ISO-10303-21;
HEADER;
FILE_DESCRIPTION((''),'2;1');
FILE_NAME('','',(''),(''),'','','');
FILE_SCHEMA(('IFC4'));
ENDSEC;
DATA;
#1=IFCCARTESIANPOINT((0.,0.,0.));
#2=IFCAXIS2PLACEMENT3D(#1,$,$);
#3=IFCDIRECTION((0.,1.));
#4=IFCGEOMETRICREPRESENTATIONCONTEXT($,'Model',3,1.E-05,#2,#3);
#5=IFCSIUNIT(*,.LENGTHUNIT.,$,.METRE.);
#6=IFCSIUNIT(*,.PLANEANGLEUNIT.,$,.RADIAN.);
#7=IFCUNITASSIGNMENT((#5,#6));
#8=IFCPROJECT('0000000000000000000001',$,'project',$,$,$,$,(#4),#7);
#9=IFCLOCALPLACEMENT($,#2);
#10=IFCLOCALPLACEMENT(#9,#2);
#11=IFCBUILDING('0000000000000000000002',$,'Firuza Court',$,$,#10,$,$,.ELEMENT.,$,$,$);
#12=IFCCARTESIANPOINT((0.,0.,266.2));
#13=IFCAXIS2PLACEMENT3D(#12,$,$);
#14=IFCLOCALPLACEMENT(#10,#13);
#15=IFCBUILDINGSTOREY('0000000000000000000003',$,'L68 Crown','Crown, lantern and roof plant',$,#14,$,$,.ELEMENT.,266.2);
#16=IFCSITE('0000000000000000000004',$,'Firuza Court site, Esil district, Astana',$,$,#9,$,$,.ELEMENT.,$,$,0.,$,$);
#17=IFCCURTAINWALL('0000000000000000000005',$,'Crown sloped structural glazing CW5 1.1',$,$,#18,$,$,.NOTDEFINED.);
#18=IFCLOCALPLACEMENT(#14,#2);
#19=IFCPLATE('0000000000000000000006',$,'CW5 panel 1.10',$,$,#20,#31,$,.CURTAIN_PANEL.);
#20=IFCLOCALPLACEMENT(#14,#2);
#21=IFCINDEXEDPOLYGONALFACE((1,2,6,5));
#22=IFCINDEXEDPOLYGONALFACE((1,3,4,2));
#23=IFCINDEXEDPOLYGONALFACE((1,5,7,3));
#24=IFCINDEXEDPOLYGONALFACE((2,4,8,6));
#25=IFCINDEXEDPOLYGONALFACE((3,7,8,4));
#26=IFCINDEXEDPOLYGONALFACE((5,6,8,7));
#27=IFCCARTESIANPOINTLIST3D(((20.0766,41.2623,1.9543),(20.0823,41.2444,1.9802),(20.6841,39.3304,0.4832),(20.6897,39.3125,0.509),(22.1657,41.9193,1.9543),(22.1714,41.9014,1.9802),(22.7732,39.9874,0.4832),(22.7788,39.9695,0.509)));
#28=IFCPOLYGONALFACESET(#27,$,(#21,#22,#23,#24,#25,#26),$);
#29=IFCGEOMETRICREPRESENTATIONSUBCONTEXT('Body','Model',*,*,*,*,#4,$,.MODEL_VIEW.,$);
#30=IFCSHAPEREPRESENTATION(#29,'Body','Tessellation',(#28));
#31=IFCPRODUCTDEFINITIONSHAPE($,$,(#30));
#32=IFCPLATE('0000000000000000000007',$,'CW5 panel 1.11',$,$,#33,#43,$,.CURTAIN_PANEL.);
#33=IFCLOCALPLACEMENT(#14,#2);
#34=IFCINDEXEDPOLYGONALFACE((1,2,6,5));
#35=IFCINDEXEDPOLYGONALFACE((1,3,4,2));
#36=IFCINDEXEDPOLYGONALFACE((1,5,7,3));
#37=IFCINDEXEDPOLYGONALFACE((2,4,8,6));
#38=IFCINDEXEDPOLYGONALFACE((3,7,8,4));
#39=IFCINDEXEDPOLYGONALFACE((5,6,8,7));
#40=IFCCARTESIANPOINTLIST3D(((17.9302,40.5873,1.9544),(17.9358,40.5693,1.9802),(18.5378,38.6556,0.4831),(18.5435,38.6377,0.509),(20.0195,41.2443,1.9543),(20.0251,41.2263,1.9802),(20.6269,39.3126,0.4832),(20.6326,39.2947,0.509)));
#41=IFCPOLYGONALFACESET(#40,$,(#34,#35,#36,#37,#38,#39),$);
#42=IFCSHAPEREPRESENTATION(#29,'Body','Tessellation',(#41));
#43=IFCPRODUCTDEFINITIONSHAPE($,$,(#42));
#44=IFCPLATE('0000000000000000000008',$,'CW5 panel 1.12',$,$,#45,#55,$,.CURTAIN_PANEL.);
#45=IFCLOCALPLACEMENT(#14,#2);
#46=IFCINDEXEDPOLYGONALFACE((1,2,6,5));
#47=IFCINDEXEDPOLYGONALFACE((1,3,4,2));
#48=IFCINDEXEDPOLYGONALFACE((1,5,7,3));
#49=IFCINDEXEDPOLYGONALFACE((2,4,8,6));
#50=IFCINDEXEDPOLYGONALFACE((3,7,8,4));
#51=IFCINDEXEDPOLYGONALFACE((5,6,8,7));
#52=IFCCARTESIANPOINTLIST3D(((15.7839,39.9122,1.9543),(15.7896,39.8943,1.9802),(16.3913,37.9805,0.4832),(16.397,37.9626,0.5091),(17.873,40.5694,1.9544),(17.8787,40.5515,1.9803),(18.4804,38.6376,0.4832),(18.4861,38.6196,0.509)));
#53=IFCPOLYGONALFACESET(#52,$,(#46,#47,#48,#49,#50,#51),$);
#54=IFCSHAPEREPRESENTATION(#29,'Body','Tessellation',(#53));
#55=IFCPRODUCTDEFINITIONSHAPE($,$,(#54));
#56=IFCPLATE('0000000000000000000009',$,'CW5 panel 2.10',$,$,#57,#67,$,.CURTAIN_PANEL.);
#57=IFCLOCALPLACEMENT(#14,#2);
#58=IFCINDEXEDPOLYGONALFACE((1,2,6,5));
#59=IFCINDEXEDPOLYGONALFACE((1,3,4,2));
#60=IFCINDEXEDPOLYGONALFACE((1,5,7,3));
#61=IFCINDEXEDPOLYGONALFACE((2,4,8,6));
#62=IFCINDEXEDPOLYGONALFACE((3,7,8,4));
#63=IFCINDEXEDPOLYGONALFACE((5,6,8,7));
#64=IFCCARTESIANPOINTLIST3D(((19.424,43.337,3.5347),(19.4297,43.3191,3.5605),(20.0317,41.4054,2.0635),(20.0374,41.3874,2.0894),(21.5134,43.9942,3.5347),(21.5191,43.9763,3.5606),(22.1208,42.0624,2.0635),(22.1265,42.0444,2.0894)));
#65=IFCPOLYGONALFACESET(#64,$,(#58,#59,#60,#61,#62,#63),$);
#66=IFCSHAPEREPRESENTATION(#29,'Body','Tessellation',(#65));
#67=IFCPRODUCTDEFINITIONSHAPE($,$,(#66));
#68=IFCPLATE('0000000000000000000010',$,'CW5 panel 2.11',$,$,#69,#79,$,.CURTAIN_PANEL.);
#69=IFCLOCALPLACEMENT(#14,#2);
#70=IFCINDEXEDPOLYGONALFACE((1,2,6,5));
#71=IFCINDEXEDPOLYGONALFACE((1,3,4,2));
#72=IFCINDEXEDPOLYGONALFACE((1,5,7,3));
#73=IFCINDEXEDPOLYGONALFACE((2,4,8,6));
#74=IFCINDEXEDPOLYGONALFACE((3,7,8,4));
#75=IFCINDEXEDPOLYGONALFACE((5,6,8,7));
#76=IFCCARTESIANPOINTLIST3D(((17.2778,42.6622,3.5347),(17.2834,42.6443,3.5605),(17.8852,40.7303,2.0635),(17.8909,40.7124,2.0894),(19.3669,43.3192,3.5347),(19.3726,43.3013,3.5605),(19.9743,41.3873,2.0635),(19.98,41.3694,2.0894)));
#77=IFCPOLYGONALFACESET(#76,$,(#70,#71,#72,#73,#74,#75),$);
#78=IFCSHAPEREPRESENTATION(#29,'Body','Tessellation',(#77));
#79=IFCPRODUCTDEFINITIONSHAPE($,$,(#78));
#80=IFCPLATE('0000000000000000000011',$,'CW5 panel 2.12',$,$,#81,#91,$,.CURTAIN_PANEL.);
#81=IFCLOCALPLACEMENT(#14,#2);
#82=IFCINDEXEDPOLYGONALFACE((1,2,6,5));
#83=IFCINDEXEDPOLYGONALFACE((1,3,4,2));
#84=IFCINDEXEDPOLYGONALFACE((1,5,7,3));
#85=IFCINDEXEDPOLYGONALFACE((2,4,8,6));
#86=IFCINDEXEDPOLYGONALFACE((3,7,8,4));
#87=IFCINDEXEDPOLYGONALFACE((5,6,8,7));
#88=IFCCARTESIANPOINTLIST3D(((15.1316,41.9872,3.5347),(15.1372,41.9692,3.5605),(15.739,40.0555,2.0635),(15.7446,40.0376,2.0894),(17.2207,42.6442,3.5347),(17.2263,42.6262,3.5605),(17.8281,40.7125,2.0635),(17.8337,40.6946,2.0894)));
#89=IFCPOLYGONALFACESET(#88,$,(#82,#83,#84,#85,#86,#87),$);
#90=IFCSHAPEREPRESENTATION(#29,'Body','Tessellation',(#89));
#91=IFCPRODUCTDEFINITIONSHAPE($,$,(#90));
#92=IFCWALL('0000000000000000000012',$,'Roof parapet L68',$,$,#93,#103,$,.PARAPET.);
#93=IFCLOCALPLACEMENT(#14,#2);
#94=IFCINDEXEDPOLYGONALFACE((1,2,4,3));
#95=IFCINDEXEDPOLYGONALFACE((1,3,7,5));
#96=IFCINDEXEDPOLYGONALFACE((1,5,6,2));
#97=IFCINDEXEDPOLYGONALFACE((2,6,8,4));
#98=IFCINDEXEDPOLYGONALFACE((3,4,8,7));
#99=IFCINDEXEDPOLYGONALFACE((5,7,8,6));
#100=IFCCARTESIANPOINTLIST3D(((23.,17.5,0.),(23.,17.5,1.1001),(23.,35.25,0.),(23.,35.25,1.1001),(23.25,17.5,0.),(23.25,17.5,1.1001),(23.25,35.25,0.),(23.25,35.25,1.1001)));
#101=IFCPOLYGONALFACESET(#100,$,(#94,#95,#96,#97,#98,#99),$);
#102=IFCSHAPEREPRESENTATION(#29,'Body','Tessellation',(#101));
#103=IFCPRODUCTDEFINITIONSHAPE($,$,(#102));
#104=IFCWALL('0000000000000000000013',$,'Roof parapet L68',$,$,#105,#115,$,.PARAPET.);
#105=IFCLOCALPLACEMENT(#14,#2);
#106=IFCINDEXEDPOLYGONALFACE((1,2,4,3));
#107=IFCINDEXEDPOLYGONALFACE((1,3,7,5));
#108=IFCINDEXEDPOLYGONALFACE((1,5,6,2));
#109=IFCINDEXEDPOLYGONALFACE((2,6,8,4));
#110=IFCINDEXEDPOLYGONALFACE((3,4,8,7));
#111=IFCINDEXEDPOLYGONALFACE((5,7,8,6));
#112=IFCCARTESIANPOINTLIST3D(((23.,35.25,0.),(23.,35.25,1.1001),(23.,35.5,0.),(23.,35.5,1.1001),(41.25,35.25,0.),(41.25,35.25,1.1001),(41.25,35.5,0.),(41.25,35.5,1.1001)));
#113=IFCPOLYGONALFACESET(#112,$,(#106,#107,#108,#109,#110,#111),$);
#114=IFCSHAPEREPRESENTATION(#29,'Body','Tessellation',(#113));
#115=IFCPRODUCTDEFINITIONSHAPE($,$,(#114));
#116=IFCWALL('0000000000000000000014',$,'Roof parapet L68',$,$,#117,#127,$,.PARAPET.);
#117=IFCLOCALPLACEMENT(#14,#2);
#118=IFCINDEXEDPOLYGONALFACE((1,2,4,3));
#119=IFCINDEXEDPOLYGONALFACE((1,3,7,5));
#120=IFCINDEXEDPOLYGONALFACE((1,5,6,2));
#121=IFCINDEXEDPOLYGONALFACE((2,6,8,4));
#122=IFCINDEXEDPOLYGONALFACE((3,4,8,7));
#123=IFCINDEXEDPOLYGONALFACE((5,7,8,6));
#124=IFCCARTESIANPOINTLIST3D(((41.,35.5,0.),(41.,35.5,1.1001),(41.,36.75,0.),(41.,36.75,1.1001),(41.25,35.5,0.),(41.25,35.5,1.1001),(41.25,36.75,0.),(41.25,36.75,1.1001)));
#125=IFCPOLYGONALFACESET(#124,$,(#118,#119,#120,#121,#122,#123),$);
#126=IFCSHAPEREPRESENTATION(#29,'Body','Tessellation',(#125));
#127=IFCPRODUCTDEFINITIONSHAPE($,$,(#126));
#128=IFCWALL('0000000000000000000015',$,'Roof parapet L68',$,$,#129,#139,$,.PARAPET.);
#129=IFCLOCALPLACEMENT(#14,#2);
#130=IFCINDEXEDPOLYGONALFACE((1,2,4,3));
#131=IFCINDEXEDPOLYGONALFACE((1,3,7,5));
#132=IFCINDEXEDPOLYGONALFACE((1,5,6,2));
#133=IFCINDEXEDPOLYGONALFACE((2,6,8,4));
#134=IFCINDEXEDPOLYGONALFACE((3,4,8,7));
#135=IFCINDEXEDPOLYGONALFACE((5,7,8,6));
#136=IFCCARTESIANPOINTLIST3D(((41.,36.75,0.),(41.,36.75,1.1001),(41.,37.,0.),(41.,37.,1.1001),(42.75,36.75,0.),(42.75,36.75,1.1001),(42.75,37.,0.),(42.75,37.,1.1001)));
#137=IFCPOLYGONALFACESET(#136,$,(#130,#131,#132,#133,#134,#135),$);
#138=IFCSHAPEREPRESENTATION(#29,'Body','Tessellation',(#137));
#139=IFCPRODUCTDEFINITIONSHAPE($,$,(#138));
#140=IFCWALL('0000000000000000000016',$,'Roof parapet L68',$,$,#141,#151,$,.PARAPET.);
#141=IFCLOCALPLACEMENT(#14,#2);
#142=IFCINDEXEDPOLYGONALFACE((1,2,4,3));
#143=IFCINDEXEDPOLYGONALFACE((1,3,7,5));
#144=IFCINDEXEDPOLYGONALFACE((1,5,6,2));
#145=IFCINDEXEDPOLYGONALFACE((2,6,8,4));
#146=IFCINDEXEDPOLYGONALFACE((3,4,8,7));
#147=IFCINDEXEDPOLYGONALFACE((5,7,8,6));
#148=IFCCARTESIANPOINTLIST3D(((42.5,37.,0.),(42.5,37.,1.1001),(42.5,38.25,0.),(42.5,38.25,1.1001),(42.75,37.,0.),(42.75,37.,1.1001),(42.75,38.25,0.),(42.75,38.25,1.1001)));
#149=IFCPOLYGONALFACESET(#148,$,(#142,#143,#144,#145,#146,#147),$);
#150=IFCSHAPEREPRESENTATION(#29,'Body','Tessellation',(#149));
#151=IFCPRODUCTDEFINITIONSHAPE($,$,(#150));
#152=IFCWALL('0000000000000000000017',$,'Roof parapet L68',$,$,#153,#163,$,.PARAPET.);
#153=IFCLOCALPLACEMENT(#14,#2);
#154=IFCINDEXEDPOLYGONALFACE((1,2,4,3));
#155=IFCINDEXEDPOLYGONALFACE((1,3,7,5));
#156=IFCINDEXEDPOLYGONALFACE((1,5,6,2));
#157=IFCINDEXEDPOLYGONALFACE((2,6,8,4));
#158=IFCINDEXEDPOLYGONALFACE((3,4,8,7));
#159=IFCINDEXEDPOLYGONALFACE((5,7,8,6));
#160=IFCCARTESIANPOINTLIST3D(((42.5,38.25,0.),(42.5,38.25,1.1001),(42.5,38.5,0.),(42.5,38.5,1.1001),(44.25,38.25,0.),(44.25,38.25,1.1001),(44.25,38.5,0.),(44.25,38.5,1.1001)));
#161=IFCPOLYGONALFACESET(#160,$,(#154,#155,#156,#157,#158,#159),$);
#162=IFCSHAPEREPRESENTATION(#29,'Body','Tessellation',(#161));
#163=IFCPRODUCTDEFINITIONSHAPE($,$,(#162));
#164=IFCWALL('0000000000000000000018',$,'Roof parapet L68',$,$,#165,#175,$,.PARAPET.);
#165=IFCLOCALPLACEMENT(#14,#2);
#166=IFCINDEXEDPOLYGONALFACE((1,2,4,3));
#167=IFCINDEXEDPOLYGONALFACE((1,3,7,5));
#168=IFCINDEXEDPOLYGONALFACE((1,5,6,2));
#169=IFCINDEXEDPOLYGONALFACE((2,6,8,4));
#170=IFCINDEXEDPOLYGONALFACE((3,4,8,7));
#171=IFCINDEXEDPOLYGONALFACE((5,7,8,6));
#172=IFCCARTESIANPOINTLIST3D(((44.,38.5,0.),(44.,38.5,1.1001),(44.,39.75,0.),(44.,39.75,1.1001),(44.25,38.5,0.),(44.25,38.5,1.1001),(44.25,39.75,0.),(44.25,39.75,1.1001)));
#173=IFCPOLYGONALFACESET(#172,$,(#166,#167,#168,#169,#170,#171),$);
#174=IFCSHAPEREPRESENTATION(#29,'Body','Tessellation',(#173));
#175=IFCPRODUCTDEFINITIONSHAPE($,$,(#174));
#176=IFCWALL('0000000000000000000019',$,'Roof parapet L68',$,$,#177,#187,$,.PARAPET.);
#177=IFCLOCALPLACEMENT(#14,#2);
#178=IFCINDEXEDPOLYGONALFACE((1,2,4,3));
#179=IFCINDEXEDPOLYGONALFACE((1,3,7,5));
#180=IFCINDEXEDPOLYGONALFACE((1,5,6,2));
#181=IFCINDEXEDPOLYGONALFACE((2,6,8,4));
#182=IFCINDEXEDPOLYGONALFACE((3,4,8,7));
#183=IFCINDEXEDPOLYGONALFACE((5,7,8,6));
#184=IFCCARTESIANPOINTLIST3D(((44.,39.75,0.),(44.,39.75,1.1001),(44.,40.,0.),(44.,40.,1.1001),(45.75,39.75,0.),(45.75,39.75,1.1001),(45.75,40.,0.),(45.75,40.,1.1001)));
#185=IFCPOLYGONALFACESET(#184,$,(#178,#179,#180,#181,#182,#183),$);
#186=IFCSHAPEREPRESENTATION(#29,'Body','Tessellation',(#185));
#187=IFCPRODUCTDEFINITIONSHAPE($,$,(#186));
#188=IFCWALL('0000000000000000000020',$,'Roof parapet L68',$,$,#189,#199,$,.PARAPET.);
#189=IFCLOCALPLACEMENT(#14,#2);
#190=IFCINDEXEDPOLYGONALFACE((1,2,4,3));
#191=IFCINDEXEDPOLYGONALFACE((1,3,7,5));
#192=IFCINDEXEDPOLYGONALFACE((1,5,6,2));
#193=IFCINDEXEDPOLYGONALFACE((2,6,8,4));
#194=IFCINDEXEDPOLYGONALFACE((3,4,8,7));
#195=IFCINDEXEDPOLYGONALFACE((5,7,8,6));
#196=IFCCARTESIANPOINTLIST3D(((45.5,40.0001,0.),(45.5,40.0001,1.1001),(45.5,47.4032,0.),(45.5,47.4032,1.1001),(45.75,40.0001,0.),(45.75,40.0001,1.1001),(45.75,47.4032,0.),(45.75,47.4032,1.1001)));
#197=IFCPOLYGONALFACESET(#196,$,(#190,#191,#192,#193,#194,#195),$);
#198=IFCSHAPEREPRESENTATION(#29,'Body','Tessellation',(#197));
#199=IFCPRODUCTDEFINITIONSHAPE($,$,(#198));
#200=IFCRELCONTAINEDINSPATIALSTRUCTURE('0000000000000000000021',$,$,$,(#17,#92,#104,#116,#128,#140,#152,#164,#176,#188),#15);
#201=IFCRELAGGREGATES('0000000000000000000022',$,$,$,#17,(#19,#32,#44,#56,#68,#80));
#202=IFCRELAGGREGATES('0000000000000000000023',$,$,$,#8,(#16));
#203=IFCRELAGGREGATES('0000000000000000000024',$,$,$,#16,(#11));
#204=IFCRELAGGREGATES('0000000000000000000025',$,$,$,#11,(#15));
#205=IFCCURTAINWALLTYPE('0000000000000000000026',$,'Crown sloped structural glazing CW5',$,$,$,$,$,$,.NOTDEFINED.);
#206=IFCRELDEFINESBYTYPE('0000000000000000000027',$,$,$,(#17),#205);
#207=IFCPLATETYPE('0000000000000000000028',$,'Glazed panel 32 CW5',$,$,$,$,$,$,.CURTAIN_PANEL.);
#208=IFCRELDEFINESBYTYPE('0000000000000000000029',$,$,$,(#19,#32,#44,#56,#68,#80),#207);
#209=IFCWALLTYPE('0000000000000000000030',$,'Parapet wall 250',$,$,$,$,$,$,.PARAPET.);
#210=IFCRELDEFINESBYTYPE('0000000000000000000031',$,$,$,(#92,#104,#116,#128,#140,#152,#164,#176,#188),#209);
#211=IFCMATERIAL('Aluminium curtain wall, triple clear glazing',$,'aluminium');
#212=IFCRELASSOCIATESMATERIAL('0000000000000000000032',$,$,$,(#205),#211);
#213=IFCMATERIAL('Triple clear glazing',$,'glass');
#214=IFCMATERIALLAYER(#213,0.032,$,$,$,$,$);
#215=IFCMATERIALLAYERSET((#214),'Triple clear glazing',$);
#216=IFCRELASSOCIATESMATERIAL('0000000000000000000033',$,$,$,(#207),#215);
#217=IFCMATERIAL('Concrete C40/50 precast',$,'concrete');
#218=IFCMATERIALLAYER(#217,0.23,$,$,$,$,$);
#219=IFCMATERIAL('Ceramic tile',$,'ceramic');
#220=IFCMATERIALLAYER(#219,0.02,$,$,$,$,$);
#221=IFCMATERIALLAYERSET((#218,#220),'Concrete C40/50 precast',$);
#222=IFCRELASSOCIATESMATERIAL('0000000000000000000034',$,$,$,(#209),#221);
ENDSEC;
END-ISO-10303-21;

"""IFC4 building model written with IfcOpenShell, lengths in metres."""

from ifc_helpers import new_model, si_unit, direction, frame, frame_2d, origin, place, context, subcontext, project, spatial, polyline, rectangle, outline, extrude, material, layer, layer_set, type_object, element, aggregate, save


model = new_model("IFC4")

# Units and contexts
model_context = context("Model", 3, precision=1e-05, world=origin(), true_north=direction((0.0, 1.0)))
body_context = subcontext(model_context, "Body", "Model", "MODEL_VIEW")
ifc_project = project(units=[si_unit("LENGTHUNIT", "METRE"), si_unit("PLANEANGLEUNIT", "RADIAN")], contexts=[model_context])

# Site, building, storey
site_placement = place(None, origin())
site = spatial("IfcSite", under=ifc_project, at=site_placement, Name="Firuza Court site, Esil district, Astana", CompositionType="ELEMENT", RefElevation=0.0)
building_placement = place(site_placement, origin())
building = spatial("IfcBuilding", under=site, at=building_placement, Name="Firuza Court", CompositionType="ELEMENT")
storey_placement = place(building_placement, frame((0.0, 0.0, 266.2)))
storey = spatial("IfcBuildingStorey", under=building, at=storey_placement, Name="L68 Crown", Description="Crown, lantern and roof plant", CompositionType="ELEMENT", Elevation=266.2)

# Curtain wall, plates
ifc_material_1 = material(Name="Aluminium curtain wall, triple clear glazing", Category="aluminium")
curtain_wall_type = type_object("IfcCurtainWallType", Name="Crown sloped structural glazing CW5", PredefinedType="NOTDEFINED", material=ifc_material_1)
curtain_wall_placement = place(storey_placement, origin())
curtain_wall = element("IfcCurtainWall", 1, at=curtain_wall_placement, inside=storey, type_object=curtain_wall_type, Name="Crown sloped structural glazing CW5 1.1", PredefinedType="NOTDEFINED")
ifc_material_2 = material(Name="Triple clear glazing", Category="glass")
ifc_layer_1 = layer(ifc_material_2, 0.032)
ifc_layer_set_1 = layer_set([ifc_layer_1], Name="Triple clear glazing")
plate_type = type_object("IfcPlateType", Name="Glazed panel 32 CW5", PredefinedType="CURTAIN_PANEL", material=ifc_layer_set_1)
plate_1_placement = place(storey_placement, frame((22.7788, 39.9695, 0.509), z_axis=(0.176321, -0.560675, 0.809045), x_axis=(-0.953941, -0.299995, 0.0)))
plate_1 = element("IfcPlate", 2, at=plate_1_placement, type_object=plate_type, Name="CW5 panel 1.10", PredefinedType="CURTAIN_PANEL", context=body_context, shape_type="SweptSolid", body=[
    extrude(outline(polyline([(0.0, 0.0), (2.19, 0.0), (2.1899, -2.5031), (-0.0001, -2.5031), (0.0, 0.0)])), origin(), (0.0, 0.0, -1.0), 0.032),
])
plate_2_placement = place(storey_placement, frame((20.6326, 39.2947, 0.509), z_axis=(0.176323, -0.560714, 0.809018), x_axis=(-0.953943, -0.299989, -0.000008)))
plate_2 = element("IfcPlate", 3, at=plate_2_placement, type_object=plate_type, Name="CW5 panel 1.11", PredefinedType="CURTAIN_PANEL", context=body_context, shape_type="SweptSolid", body=[
    extrude(outline(polyline([(0.0, 0.0), (2.19, 0.0), (2.1902, -2.503), (0.0, -2.5029), (0.0, 0.0)])), origin(), (0.0, 0.0, -1.0), 0.032),
])
plate_3_placement = place(storey_placement, frame((18.4861, 38.6196, 0.509), z_axis=(0.176357, -0.560687, 0.809029), x_axis=(-0.953935, -0.300012, 0.000025)))
plate_3 = element("IfcPlate", 4, at=plate_3_placement, type_object=plate_type, Name="CW5 panel 1.12", PredefinedType="CURTAIN_PANEL", context=body_context, shape_type="SweptSolid", body=[
    extrude(outline(polyline([(0.0, 0.0), (2.19, 0.0), (2.1899, -2.5029), (-0.0001, -2.5031), (0.0, 0.0)])), origin(), (0.0, 0.0, -1.0), 0.032),
])
plate_4_placement = place(storey_placement, frame((22.1265, 42.0444, 2.0894), z_axis=(0.176346, -0.560683, 0.809034), x_axis=(-0.953937, -0.300007, 0.000017)))
plate_4 = element("IfcPlate", 5, at=plate_4_placement, type_object=plate_type, Name="CW5 panel 2.10", PredefinedType="CURTAIN_PANEL", context=body_context, shape_type="SweptSolid", body=[
    extrude(outline(polyline([(0.0, 0.0), (2.19, 0.0), (2.1902, -2.503), (-0.0001, -2.5031), (0.0, 0.0)])), origin(), (0.0, 0.0, -1.0), 0.032),
])
plate_5_placement = place(storey_placement, frame((19.98, 41.3694, 2.0894), z_axis=(0.176321, -0.560675, 0.809045), x_axis=(-0.953941, -0.299995, 0.0)))
plate_5 = element("IfcPlate", 6, at=plate_5_placement, type_object=plate_type, Name="CW5 panel 2.11", PredefinedType="CURTAIN_PANEL", context=body_context, shape_type="SweptSolid", body=[
    extrude(outline(polyline([(0.0, 0.0), (2.19, 0.0), (2.1899, -2.5031), (-0.0001, -2.5031), (0.0, 0.0)])), origin(), (0.0, 0.0, -1.0), 0.032),
])
plate_6_placement = place(storey_placement, frame((17.8337, 40.6946, 2.0894), z_axis=(0.176334, -0.560717, 0.809013), x_axis=(-0.953941, -0.299995, 0.0)))
plate_6 = element("IfcPlate", 7, at=plate_6_placement, type_object=plate_type, Name="CW5 panel 2.12", PredefinedType="CURTAIN_PANEL", context=body_context, shape_type="SweptSolid", body=[
    extrude(outline(polyline([(0.0, 0.0), (2.19, 0.0), (2.1899, -2.5029), (0.0, -2.5029), (0.0, 0.0)])), origin(), (0.0, 0.0, -1.0), 0.032),
])
aggregate(curtain_wall, [plate_1, plate_2, plate_3, plate_4, plate_5, plate_6])

# Walls
ifc_material_3 = material(Name="Concrete C40/50 precast", Category="concrete")
ifc_layer_2 = layer(ifc_material_3, 0.23)
ifc_material_4 = material(Name="Ceramic tile", Category="ceramic")
ifc_layer_3 = layer(ifc_material_4, 0.02)
ifc_layer_set_2 = layer_set([ifc_layer_2, ifc_layer_3], Name="Concrete C40/50 precast")
wall_type = type_object("IfcWallType", Name="Parapet wall 250", PredefinedType="PARAPET", material=ifc_layer_set_2)
wall_1_placement = place(storey_placement, frame((23.125, 17.5, 0.0), z_axis=(0.0, 0.0, 1.0), x_axis=(0.0, 1.0, 0.0)))
element("IfcWall", 8, at=wall_1_placement, inside=storey, type_object=wall_type, Name="Roof parapet L68", PredefinedType="PARAPET", context=body_context, shape_type="SweptSolid", body=[
    extrude(rectangle(XDim=17.75, YDim=0.25, at=frame_2d((8.875, 0.0))), origin(), (0.0, 0.0, 1.0), 1.1001),
])
wall_2_placement = place(storey_placement, frame((23.0, 35.375, 0.0), z_axis=(0.0, 0.0, 1.0), x_axis=(1.0, 0.0, 0.0)))
element("IfcWall", 9, at=wall_2_placement, inside=storey, type_object=wall_type, Name="Roof parapet L68", PredefinedType="PARAPET", context=body_context, shape_type="SweptSolid", body=[
    extrude(rectangle(XDim=18.25, YDim=0.25, at=frame_2d((9.125, 0.0))), origin(), (0.0, 0.0, 1.0), 1.1001),
])
wall_3_placement = place(storey_placement, frame((41.125, 35.5, 0.0), z_axis=(0.0, 0.0, 1.0), x_axis=(0.0, 1.0, 0.0)))
element("IfcWall", 10, at=wall_3_placement, inside=storey, type_object=wall_type, Name="Roof parapet L68", PredefinedType="PARAPET", context=body_context, shape_type="SweptSolid", body=[
    extrude(rectangle(XDim=1.25, YDim=0.25, at=frame_2d((0.625, 0.0))), origin(), (0.0, 0.0, 1.0), 1.1001),
])
wall_4_placement = place(storey_placement, frame((41.0, 36.875, 0.0), z_axis=(0.0, 0.0, 1.0), x_axis=(1.0, 0.0, 0.0)))
element("IfcWall", 11, at=wall_4_placement, inside=storey, type_object=wall_type, Name="Roof parapet L68", PredefinedType="PARAPET", context=body_context, shape_type="SweptSolid", body=[
    extrude(rectangle(XDim=1.75, YDim=0.25, at=frame_2d((0.875, 0.0))), origin(), (0.0, 0.0, 1.0), 1.1001),
])
wall_5_placement = place(storey_placement, frame((42.625, 37.0, 0.0), z_axis=(0.0, 0.0, 1.0), x_axis=(0.0, 1.0, 0.0)))
element("IfcWall", 12, at=wall_5_placement, inside=storey, type_object=wall_type, Name="Roof parapet L68", PredefinedType="PARAPET", context=body_context, shape_type="SweptSolid", body=[
    extrude(rectangle(XDim=1.25, YDim=0.25, at=frame_2d((0.625, 0.0))), origin(), (0.0, 0.0, 1.0), 1.1001),
])
wall_6_placement = place(storey_placement, frame((42.5, 38.375, 0.0), z_axis=(0.0, 0.0, 1.0), x_axis=(1.0, 0.0, 0.0)))
element("IfcWall", 13, at=wall_6_placement, inside=storey, type_object=wall_type, Name="Roof parapet L68", PredefinedType="PARAPET", context=body_context, shape_type="SweptSolid", body=[
    extrude(rectangle(XDim=1.75, YDim=0.25, at=frame_2d((0.875, 0.0))), origin(), (0.0, 0.0, 1.0), 1.1001),
])
wall_7_placement = place(storey_placement, frame((44.125, 38.5, 0.0), z_axis=(0.0, 0.0, 1.0), x_axis=(0.0, 1.0, 0.0)))
element("IfcWall", 14, at=wall_7_placement, inside=storey, type_object=wall_type, Name="Roof parapet L68", PredefinedType="PARAPET", context=body_context, shape_type="SweptSolid", body=[
    extrude(rectangle(XDim=1.25, YDim=0.25, at=frame_2d((0.625, 0.0))), origin(), (0.0, 0.0, 1.0), 1.1001),
])
wall_8_placement = place(storey_placement, frame((44.0, 39.875, 0.0), z_axis=(0.0, 0.0, 1.0), x_axis=(1.0, 0.0, 0.0)))
element("IfcWall", 15, at=wall_8_placement, inside=storey, type_object=wall_type, Name="Roof parapet L68", PredefinedType="PARAPET", context=body_context, shape_type="SweptSolid", body=[
    extrude(rectangle(XDim=1.75, YDim=0.25, at=frame_2d((0.875, 0.0))), origin(), (0.0, 0.0, 1.0), 1.1001),
])
wall_9_placement = place(storey_placement, frame((45.625, 40.0, 0.0), z_axis=(0.0, 0.0, 1.0), x_axis=(0.0, 1.0, 0.0)))
element("IfcWall", 16, at=wall_9_placement, inside=storey, type_object=wall_type, Name="Roof parapet L68", PredefinedType="PARAPET", context=body_context, shape_type="SweptSolid", body=[
    extrude(rectangle(XDim=7.4031, YDim=0.25, at=frame_2d((3.7017, 0.0))), origin(), (0.0, 0.0, 1.0), 1.1001),
])

save(model, "model.ifc")
